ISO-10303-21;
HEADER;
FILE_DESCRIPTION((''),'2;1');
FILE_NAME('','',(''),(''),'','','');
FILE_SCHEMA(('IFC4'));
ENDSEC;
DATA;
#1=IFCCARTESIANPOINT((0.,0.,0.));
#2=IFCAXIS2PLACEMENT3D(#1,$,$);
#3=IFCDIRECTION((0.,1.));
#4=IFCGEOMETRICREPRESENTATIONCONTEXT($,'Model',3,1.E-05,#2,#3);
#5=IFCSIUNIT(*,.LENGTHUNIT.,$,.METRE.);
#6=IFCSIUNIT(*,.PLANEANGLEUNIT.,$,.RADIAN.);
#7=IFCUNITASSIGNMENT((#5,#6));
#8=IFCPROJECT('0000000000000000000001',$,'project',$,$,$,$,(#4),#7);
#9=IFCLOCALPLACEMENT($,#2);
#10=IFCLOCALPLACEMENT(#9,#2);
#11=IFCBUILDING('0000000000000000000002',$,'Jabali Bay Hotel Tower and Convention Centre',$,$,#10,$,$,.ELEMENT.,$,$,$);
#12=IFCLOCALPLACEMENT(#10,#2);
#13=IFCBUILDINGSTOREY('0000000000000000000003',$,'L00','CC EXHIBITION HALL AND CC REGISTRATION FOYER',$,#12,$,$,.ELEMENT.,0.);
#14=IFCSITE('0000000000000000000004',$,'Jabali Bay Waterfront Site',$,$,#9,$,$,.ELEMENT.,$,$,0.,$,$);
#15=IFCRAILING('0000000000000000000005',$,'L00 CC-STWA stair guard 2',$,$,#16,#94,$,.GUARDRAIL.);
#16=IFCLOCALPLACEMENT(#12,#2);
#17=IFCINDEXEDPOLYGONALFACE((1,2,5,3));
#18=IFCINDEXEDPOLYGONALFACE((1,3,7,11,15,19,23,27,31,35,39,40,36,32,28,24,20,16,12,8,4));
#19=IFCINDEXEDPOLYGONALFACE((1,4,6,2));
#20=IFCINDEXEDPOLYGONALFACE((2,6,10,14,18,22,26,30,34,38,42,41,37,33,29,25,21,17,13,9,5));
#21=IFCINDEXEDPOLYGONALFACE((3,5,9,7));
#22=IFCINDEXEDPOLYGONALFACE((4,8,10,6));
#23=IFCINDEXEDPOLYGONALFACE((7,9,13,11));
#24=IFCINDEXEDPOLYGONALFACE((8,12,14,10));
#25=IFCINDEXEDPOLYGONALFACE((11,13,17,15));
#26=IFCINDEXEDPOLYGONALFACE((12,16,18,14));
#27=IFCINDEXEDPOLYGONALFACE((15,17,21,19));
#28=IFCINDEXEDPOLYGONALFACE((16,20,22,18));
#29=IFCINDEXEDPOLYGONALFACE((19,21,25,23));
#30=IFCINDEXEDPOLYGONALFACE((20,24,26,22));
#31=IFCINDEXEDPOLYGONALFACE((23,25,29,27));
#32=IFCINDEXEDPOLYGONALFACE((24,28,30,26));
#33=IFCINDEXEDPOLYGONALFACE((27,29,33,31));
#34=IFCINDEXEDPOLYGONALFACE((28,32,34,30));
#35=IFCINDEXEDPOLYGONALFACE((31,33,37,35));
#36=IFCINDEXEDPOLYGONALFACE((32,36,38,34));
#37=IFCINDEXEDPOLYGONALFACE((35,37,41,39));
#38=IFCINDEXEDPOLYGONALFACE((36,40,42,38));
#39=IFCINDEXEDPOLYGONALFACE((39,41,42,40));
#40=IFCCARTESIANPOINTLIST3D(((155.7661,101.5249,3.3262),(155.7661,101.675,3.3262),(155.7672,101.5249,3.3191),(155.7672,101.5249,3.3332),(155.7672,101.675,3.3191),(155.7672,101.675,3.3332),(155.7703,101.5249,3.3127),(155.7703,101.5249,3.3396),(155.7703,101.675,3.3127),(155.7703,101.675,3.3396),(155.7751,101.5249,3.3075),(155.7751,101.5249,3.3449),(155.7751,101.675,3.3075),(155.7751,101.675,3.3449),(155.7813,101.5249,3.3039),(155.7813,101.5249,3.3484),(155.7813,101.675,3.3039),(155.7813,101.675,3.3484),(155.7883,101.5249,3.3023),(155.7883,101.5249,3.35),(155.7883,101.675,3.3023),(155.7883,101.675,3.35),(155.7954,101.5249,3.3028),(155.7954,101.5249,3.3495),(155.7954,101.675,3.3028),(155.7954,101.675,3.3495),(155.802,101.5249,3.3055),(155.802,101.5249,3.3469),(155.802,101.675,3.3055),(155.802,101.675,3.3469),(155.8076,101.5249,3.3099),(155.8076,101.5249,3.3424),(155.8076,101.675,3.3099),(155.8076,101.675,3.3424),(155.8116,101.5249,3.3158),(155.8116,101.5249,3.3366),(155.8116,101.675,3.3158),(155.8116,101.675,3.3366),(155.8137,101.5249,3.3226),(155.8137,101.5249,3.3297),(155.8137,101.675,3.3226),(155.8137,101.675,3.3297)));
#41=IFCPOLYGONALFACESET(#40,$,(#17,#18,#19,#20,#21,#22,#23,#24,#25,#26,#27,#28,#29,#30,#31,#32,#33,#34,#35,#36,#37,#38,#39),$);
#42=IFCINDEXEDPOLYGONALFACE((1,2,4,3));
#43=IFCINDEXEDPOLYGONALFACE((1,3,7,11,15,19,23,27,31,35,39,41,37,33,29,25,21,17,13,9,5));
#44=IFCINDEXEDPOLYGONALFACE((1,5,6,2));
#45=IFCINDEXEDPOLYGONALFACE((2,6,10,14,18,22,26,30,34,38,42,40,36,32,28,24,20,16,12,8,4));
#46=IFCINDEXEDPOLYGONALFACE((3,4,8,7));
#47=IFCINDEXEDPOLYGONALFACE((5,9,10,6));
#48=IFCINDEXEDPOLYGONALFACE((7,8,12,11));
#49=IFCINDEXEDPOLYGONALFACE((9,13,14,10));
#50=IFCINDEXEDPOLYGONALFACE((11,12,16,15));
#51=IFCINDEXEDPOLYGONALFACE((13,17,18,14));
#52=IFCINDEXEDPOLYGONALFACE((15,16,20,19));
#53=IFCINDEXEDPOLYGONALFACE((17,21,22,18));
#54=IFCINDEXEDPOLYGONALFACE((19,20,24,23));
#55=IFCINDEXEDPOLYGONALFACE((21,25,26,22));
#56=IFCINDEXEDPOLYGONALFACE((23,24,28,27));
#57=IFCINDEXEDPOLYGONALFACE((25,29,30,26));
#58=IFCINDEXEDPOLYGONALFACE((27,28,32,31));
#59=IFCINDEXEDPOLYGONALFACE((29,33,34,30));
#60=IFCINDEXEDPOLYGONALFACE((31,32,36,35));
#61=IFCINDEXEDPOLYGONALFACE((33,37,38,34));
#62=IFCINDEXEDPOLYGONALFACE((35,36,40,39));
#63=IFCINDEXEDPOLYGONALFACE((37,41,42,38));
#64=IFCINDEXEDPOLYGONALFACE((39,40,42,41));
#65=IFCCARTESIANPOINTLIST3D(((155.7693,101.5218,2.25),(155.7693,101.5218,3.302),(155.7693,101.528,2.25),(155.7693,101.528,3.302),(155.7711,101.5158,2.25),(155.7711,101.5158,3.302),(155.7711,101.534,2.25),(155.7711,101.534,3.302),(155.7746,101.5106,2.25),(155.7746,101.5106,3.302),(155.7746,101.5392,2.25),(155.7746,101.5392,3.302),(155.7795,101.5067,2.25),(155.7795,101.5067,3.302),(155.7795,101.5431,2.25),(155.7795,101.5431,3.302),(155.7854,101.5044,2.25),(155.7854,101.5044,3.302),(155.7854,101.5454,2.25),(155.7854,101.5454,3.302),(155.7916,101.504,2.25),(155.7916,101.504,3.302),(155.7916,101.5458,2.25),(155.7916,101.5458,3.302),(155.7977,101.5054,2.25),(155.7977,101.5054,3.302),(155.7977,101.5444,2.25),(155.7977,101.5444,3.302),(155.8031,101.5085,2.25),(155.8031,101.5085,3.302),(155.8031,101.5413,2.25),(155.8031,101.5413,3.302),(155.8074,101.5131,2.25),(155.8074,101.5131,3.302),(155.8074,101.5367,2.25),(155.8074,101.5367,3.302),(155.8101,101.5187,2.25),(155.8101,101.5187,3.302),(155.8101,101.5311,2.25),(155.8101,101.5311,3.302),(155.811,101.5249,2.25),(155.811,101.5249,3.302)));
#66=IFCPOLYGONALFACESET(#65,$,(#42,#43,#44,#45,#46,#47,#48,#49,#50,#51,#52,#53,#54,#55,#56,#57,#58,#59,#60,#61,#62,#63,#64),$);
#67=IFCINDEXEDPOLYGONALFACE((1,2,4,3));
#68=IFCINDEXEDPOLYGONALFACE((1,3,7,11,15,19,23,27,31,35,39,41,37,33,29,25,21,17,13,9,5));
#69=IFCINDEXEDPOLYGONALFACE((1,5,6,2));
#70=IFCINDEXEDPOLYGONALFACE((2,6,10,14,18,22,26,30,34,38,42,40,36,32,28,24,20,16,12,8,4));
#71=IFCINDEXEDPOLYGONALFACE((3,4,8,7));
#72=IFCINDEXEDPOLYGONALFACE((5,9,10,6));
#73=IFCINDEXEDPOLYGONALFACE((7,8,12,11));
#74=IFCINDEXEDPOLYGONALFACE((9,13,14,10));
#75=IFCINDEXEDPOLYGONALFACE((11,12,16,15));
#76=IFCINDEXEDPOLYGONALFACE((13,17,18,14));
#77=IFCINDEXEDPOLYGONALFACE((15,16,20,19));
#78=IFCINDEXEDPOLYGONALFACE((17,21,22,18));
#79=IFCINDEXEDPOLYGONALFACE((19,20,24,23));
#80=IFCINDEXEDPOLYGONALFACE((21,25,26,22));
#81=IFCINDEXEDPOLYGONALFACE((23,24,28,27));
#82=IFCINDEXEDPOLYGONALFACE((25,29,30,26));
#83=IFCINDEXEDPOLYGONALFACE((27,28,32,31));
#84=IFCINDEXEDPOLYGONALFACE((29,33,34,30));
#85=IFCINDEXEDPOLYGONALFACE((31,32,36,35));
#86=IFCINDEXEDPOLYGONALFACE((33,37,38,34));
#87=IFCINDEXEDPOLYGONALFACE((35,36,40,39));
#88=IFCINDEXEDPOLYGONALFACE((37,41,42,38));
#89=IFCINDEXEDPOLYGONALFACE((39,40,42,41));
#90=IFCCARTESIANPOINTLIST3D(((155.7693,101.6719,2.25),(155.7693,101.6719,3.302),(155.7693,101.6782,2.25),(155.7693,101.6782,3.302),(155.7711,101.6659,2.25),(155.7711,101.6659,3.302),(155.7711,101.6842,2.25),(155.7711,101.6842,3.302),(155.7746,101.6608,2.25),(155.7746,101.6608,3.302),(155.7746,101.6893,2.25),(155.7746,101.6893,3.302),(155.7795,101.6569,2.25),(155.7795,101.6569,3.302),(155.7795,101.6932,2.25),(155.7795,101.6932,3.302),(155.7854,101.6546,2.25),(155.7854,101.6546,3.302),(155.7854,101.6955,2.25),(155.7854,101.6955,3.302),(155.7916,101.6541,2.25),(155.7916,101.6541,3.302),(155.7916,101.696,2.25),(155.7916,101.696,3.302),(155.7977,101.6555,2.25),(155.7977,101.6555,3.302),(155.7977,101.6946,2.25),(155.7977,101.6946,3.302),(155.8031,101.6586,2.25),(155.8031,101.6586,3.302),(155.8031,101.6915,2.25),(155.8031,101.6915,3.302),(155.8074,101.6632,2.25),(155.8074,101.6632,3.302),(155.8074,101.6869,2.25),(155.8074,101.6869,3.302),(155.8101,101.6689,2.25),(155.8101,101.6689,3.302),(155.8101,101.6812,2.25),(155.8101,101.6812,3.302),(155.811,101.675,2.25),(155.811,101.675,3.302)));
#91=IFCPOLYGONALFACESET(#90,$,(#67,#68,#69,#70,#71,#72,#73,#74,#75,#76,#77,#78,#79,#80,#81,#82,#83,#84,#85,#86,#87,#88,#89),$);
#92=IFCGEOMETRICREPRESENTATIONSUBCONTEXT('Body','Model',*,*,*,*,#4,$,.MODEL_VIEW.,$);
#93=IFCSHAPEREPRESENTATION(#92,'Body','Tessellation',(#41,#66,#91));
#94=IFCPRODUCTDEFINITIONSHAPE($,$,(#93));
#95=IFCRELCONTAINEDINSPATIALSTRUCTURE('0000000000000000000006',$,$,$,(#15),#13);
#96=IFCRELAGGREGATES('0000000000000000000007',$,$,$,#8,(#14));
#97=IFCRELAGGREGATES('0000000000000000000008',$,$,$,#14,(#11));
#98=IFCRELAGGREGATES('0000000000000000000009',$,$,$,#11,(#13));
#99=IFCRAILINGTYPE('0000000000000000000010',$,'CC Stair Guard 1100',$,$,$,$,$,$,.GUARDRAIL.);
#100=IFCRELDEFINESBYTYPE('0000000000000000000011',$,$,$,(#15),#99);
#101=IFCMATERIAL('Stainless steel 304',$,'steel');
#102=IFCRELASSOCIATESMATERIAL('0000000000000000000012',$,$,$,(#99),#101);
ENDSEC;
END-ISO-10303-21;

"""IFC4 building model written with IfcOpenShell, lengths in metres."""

from ifc_helpers import new_model, si_unit, direction, frame, origin, origin_2d, place, context, subcontext, project, spatial, circle, extrude, material, type_object, element, save


model = new_model("IFC4")

# Units and contexts
model_context = context("Model", 3, precision=1e-05, world=origin(), true_north=direction((0.0, 1.0)))
body_context = subcontext(model_context, "Body", "Model", "MODEL_VIEW")
ifc_project = project(units=[si_unit("LENGTHUNIT", "METRE"), si_unit("PLANEANGLEUNIT", "RADIAN")], contexts=[model_context])

# Site, building, storey
site_placement = place(None, origin())
site = spatial("IfcSite", under=ifc_project, at=site_placement, Name="Jabali Bay Waterfront Site", CompositionType="ELEMENT", RefElevation=0.0)
building_placement = place(site_placement, origin())
building = spatial("IfcBuilding", under=site, at=building_placement, Name="Jabali Bay Hotel Tower and Convention Centre", CompositionType="ELEMENT")
storey_placement = place(building_placement, origin())
storey = spatial("IfcBuildingStorey", under=building, at=storey_placement, Name="L00", Description="CC EXHIBITION HALL AND CC REGISTRATION FOYER", CompositionType="ELEMENT", Elevation=0.0)

# Railing
ifc_material_1 = material(Name="Stainless steel 304", Category="steel")
railing_type_1 = type_object("IfcRailingType", Name="CC Stair Guard 1100", PredefinedType="GUARDRAIL", material=ifc_material_1)
railing_1_placement = place(storey_placement, frame((155.79, 101.5249, 2.25)))
element("IfcRailing", 1, at=railing_1_placement, inside=storey, type_object=railing_type_1, Name="L00 CC-STWA stair guard 2", PredefinedType="GUARDRAIL", context=body_context, shape_type="SweptSolid", body=[
    extrude(circle(Radius=0.0239, at=origin_2d()), frame((0.0, 0.0, 1.0762), z_axis=(0.0, 1.0, 0.0), x_axis=(-1.0, 0.0, 0.0)), (0.0, 0.0, 1.0), 0.1501),
    extrude(circle(Radius=0.021, at=origin_2d()), origin(), (0.0, 0.0, 1.0), 1.052),
    extrude(circle(Radius=0.021, at=origin_2d()), frame((0.0, 0.1501, 0.0)), (0.0, 0.0, 1.0), 1.052),
])

save(model, "model.ifc")
